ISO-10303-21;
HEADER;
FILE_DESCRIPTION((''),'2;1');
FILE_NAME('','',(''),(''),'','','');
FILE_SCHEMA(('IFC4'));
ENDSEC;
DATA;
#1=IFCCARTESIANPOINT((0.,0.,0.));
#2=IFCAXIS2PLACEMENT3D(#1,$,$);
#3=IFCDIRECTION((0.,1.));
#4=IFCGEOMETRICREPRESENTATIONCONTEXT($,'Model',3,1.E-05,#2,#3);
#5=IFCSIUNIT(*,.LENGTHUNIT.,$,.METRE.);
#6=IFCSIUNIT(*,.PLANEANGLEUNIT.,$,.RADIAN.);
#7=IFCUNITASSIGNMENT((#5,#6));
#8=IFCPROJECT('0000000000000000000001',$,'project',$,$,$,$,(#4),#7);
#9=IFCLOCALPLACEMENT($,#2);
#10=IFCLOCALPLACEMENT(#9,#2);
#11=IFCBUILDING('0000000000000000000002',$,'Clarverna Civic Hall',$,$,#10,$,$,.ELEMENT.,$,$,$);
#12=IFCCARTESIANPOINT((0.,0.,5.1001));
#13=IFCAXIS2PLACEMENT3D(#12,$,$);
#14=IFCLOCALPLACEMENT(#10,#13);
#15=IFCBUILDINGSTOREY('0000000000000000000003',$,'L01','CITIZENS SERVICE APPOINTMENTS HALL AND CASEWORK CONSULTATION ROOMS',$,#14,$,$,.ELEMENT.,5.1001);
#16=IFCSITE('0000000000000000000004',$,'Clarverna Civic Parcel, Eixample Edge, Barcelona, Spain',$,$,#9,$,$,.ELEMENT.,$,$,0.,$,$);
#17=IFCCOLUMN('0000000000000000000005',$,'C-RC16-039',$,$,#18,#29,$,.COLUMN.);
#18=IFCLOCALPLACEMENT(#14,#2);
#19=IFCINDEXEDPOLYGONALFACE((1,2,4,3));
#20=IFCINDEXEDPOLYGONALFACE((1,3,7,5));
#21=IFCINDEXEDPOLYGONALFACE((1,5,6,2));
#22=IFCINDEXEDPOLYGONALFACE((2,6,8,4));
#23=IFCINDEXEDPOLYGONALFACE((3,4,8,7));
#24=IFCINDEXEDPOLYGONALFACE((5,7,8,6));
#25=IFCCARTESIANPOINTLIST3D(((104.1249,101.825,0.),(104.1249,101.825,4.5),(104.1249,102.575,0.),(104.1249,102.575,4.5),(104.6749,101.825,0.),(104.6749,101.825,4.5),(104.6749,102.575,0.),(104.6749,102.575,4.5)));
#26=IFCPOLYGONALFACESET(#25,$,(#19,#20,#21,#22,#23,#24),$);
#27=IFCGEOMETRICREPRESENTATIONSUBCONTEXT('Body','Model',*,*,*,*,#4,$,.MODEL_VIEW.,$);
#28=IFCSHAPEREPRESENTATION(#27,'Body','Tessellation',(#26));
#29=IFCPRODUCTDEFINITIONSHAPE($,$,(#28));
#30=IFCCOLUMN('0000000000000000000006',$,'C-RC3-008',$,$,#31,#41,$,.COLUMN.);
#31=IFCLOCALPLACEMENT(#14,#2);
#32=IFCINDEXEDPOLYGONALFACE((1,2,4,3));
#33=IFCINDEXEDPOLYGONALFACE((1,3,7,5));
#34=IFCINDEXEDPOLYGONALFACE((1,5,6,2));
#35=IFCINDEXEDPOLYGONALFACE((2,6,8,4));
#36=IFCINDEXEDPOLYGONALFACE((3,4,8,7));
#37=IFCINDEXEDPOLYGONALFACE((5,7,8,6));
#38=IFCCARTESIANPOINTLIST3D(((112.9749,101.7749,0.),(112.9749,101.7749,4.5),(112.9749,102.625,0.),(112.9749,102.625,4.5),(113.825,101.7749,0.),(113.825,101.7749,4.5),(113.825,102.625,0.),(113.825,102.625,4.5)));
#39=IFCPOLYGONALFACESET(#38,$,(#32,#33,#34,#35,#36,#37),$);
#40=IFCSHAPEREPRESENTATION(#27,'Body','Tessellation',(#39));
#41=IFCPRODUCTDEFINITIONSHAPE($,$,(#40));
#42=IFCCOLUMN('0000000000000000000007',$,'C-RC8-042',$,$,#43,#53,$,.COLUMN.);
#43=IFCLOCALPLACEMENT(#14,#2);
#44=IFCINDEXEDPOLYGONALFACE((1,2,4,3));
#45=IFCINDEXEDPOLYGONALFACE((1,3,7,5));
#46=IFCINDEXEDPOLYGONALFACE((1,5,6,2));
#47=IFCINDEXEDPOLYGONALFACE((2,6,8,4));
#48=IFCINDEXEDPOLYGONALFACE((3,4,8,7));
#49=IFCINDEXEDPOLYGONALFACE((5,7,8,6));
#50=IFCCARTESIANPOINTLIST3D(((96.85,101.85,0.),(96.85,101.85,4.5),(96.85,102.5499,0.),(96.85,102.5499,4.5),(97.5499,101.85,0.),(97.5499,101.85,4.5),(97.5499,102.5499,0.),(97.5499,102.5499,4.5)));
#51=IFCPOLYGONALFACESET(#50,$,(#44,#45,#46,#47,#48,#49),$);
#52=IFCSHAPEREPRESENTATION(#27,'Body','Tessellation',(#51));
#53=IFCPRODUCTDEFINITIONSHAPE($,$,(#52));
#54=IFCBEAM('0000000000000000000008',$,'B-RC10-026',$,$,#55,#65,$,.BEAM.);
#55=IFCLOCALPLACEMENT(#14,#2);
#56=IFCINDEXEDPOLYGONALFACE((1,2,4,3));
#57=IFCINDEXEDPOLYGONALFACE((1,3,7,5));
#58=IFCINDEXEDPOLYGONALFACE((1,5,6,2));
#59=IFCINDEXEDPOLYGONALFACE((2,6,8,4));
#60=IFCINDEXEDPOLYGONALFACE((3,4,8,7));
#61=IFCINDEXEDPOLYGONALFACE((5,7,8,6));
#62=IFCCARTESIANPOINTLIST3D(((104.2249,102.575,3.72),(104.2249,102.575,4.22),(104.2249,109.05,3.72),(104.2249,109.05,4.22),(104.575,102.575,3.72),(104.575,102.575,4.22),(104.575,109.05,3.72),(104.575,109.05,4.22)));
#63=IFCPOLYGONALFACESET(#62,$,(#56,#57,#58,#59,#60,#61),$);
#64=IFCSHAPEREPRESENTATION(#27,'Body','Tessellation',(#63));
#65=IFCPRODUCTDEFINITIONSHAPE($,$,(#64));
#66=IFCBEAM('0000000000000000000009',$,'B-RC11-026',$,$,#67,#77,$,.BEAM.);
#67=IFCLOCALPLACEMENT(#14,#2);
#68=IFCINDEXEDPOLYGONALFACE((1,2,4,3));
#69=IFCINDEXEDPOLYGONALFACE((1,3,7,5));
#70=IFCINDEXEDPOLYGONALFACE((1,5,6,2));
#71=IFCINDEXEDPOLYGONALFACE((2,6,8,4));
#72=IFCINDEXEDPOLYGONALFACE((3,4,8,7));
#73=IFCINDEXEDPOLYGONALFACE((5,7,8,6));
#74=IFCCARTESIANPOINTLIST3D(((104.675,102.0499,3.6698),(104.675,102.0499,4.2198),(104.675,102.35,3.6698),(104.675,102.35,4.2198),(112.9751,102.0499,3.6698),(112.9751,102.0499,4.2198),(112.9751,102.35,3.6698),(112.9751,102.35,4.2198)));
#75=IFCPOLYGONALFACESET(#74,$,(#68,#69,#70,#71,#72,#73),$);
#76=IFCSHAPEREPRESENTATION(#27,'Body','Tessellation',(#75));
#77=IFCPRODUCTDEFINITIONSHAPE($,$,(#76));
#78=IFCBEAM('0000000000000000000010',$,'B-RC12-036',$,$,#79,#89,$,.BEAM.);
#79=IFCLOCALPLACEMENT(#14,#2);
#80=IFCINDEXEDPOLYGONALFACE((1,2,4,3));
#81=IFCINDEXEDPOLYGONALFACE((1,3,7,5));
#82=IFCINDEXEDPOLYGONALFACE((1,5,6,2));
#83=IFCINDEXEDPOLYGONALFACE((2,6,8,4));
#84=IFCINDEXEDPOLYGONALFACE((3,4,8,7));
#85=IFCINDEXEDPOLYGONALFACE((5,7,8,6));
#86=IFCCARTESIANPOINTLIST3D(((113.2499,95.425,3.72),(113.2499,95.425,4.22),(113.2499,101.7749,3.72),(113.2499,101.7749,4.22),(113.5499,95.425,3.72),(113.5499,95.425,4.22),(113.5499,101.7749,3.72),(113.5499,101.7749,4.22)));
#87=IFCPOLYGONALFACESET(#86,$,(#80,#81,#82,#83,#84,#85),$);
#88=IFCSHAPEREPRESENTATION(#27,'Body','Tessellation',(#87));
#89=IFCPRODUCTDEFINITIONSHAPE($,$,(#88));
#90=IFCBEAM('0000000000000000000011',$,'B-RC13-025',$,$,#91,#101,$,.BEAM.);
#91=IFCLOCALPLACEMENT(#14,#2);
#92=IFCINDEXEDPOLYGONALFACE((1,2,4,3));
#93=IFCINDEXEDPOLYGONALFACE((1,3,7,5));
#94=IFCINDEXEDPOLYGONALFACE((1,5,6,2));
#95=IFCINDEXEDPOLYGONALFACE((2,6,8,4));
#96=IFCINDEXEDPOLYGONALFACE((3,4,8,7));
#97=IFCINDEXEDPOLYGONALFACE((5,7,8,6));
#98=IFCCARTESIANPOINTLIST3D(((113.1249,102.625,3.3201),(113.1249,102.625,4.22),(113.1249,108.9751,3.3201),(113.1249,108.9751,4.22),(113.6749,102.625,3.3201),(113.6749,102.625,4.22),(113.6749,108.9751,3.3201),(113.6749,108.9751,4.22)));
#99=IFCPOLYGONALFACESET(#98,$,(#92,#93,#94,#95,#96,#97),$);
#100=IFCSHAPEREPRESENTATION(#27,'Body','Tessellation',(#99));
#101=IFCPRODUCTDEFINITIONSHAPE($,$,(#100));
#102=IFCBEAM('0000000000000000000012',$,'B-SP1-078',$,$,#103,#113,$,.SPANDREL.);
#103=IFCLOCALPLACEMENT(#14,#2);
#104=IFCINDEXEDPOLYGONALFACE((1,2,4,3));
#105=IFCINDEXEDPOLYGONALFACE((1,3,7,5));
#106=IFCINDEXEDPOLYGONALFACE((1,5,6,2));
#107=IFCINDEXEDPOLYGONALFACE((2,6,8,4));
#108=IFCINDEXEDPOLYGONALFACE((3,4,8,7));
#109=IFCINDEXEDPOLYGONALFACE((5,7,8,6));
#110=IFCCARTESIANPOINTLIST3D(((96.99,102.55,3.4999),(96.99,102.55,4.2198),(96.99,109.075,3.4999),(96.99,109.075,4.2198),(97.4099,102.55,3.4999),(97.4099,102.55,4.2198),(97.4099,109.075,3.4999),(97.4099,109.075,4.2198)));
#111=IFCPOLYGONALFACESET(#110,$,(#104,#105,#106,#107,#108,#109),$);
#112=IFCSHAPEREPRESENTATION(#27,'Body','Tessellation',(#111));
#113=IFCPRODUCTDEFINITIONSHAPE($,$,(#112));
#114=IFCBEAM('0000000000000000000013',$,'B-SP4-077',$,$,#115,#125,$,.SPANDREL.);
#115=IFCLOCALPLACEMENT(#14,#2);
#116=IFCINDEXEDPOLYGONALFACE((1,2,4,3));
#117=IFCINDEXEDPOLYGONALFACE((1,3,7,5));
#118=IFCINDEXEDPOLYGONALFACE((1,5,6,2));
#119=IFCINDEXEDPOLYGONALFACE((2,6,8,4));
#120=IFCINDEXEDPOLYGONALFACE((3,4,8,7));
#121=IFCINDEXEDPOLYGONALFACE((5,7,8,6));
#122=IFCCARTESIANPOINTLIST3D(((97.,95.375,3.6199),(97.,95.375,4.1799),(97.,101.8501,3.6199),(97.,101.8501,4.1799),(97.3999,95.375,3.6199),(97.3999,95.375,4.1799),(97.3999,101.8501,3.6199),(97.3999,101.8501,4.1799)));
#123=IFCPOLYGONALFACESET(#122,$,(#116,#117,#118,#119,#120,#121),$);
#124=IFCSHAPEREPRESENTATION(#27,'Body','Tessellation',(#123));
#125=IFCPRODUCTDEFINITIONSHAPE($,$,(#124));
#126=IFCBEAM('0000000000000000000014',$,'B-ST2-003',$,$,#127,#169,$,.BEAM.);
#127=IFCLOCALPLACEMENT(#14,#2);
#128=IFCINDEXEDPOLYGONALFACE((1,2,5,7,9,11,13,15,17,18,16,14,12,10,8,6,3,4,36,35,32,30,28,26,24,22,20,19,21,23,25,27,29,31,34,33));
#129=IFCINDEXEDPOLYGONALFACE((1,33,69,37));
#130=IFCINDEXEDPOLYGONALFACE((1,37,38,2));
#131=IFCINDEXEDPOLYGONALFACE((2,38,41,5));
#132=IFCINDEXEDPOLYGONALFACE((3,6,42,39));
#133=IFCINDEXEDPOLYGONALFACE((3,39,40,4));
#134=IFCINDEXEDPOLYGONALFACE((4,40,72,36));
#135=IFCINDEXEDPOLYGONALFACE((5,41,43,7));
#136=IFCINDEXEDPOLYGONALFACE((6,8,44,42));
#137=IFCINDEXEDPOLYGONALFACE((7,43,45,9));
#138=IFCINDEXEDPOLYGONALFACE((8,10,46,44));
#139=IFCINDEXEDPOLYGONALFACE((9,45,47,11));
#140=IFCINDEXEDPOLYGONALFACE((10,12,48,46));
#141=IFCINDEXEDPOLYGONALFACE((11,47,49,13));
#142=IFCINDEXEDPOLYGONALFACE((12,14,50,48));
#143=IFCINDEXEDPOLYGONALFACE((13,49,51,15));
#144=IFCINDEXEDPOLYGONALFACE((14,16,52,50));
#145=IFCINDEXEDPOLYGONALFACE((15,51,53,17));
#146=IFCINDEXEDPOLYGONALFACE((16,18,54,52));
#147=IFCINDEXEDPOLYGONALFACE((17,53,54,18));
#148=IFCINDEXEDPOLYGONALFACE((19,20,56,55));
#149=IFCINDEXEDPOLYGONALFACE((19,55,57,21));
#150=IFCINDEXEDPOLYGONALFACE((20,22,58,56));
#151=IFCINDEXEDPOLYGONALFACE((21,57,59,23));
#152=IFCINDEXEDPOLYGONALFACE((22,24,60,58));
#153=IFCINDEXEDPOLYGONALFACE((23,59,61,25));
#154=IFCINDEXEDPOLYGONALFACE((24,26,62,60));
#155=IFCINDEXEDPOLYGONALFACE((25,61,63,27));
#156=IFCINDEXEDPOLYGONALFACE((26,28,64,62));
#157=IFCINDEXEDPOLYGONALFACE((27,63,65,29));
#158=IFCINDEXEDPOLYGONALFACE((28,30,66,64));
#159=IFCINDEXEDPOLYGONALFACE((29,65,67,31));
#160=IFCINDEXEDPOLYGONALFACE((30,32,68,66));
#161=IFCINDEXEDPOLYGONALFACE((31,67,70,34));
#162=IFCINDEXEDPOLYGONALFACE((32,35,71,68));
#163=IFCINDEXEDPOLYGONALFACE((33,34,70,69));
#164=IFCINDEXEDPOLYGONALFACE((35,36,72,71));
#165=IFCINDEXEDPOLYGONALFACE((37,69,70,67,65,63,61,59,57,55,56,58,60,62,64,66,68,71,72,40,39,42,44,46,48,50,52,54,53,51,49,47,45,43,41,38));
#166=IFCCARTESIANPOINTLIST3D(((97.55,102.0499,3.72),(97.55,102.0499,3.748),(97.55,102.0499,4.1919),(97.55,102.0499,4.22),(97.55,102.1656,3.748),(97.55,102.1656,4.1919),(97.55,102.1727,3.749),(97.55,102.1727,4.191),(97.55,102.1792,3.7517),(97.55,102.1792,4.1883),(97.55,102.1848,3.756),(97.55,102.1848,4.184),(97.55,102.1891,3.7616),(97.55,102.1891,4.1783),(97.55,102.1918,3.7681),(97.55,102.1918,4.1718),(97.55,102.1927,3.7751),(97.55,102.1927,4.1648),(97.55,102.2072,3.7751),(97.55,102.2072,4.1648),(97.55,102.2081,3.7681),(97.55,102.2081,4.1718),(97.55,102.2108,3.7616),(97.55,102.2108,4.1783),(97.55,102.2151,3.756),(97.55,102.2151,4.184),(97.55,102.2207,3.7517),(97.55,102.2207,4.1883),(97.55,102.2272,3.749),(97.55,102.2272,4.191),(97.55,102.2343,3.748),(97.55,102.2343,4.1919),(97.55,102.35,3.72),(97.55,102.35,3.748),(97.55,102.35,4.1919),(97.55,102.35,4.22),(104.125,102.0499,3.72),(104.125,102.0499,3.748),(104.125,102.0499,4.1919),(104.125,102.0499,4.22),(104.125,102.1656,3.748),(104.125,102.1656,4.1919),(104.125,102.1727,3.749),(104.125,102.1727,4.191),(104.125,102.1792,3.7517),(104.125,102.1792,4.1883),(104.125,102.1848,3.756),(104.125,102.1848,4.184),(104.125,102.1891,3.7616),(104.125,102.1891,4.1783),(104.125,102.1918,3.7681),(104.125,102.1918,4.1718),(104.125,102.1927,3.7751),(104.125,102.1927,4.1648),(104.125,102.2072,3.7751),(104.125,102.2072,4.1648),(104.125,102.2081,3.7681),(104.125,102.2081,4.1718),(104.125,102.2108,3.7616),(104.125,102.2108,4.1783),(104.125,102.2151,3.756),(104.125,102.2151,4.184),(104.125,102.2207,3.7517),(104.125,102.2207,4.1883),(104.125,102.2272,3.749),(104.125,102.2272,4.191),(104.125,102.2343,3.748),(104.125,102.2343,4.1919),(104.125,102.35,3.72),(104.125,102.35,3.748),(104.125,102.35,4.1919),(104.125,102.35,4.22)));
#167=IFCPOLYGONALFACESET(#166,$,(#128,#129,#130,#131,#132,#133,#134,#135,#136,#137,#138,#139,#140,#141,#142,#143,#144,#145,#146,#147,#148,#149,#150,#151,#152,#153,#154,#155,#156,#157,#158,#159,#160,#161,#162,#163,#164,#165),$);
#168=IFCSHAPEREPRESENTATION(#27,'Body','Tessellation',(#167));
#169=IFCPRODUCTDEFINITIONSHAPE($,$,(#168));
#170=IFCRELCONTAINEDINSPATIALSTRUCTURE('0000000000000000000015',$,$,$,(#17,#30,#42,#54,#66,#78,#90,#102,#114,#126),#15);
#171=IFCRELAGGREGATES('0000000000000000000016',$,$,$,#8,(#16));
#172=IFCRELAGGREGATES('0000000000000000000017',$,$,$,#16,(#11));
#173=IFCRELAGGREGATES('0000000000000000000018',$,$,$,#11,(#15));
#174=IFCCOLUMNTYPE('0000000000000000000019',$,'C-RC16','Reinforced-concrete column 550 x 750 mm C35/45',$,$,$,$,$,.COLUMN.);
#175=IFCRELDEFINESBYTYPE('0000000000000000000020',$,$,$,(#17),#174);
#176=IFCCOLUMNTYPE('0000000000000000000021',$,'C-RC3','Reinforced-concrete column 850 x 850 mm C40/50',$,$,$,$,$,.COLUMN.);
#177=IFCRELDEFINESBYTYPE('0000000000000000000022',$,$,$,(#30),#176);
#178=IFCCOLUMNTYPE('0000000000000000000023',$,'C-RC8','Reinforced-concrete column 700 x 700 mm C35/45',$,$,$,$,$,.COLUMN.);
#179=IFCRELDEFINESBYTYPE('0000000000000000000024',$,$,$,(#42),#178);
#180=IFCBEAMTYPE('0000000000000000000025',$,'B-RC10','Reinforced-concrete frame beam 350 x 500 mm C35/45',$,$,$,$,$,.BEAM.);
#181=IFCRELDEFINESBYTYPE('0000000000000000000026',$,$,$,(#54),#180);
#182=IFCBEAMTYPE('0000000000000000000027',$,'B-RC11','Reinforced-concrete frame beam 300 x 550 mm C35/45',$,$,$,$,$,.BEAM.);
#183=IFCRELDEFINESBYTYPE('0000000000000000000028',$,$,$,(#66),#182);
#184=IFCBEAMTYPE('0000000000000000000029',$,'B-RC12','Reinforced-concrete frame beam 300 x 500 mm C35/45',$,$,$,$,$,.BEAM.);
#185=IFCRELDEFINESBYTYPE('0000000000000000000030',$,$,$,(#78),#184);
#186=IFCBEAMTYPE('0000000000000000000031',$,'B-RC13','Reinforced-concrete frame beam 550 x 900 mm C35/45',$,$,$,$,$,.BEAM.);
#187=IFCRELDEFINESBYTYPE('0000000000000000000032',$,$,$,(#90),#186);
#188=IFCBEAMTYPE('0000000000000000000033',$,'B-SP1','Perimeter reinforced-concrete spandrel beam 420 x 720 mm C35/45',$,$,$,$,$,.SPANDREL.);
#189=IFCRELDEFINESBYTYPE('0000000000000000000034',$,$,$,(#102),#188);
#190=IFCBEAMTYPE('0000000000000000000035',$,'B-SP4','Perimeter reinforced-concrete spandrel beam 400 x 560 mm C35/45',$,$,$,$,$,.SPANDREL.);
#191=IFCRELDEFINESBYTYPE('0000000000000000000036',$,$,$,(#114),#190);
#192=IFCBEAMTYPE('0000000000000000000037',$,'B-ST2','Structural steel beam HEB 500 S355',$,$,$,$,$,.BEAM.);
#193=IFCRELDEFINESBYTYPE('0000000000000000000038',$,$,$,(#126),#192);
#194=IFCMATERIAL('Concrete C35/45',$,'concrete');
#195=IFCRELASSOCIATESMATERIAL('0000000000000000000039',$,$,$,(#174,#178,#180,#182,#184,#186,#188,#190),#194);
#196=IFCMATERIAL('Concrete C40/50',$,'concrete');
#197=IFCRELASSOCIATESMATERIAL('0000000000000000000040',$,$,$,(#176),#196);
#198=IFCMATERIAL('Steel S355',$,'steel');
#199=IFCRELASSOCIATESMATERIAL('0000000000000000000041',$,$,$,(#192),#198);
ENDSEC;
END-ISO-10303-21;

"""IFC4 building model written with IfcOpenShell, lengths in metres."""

from ifc_helpers import new_model, si_unit, direction, frame, origin, origin_2d, place, context, subcontext, project, spatial, rectangle, i_section, extrude, material, material_profile, profile_set, type_object, element, save


model = new_model("IFC4")

# Units and contexts
model_context = context("Model", 3, precision=1e-05, world=origin(), true_north=direction((0.0, 1.0)))
body_context = subcontext(model_context, "Body", "Model", "MODEL_VIEW")
ifc_project = project(units=[si_unit("LENGTHUNIT", "METRE"), si_unit("PLANEANGLEUNIT", "RADIAN")], contexts=[model_context])

# Site, building, storey
site_placement = place(None, origin())
site = spatial("IfcSite", under=ifc_project, at=site_placement, Name="Clarverna Civic Parcel, Eixample Edge, Barcelona, Spain", CompositionType="ELEMENT", RefElevation=0.0)
building_placement = place(site_placement, origin())
building = spatial("IfcBuilding", under=site, at=building_placement, Name="Clarverna Civic Hall", CompositionType="ELEMENT")
storey_placement = place(building_placement, frame((0.0, 0.0, 5.1001)))
storey = spatial("IfcBuildingStorey", under=building, at=storey_placement, Name="L01", Description="CITIZENS SERVICE APPOINTMENTS HALL AND CASEWORK CONSULTATION ROOMS", CompositionType="ELEMENT", Elevation=5.1001)

# Columns
ifc_material_1 = material(Name="Concrete C35/45", Category="concrete")
ifc_material_profile_1 = material_profile(ifc_material_1, rectangle(XDim=0.55, YDim=0.75, at=origin_2d()), Name="RC 550x750")
ifc_profile_set_1 = profile_set([ifc_material_profile_1], Name="Concrete C35/45")
column_type_1 = type_object("IfcColumnType", Name="C-RC16", Description="Reinforced-concrete column 550 x 750 mm C35/45", PredefinedType="COLUMN", material=ifc_profile_set_1)
column_1_placement = place(storey_placement, frame((104.3999, 102.2, 0.0), z_axis=(0.0, 0.0, 1.0), x_axis=(1.0, 0.0, 0.0)))
element("IfcColumn", 1, at=column_1_placement, inside=storey, type_object=column_type_1, Name="C-RC16-039", PredefinedType="COLUMN", context=body_context, shape_type="SweptSolid", body=[
    extrude(rectangle(XDim=0.55, YDim=0.75, at=origin_2d()), origin(), (0.0, 0.0, 1.0), 4.5),
])
ifc_material_2 = material(Name="Concrete C40/50", Category="concrete")
ifc_material_profile_2 = material_profile(ifc_material_2, rectangle(XDim=0.8501, YDim=0.8501, at=origin_2d()), Name="RC 850x850")
ifc_profile_set_2 = profile_set([ifc_material_profile_2], Name="Concrete C40/50")
column_type_2 = type_object("IfcColumnType", Name="C-RC3", Description="Reinforced-concrete column 850 x 850 mm C40/50", PredefinedType="COLUMN", material=ifc_profile_set_2)
column_2_placement = place(storey_placement, frame((113.3999, 102.2, 0.0), z_axis=(0.0, 0.0, 1.0), x_axis=(1.0, 0.0, 0.0)))
element("IfcColumn", 2, at=column_2_placement, inside=storey, type_object=column_type_2, Name="C-RC3-008", PredefinedType="COLUMN", context=body_context, shape_type="SweptSolid", body=[
    extrude(rectangle(XDim=0.8501, YDim=0.8501, at=origin_2d()), origin(), (0.0, 0.0, 1.0), 4.5),
])
ifc_material_profile_3 = material_profile(ifc_material_1, rectangle(XDim=0.7, YDim=0.7, at=origin_2d()), Name="RC 700x700")
ifc_profile_set_3 = profile_set([ifc_material_profile_3], Name="Concrete C35/45")
column_type_3 = type_object("IfcColumnType", Name="C-RC8", Description="Reinforced-concrete column 700 x 700 mm C35/45", PredefinedType="COLUMN", material=ifc_profile_set_3)
column_3_placement = place(storey_placement, frame((97.2, 102.2, 0.0), z_axis=(0.0, 0.0, 1.0), x_axis=(1.0, 0.0, 0.0)))
element("IfcColumn", 3, at=column_3_placement, inside=storey, type_object=column_type_3, Name="C-RC8-042", PredefinedType="COLUMN", context=body_context, shape_type="SweptSolid", body=[
    extrude(rectangle(XDim=0.7, YDim=0.7, at=origin_2d()), origin(), (0.0, 0.0, 1.0), 4.5),
])

# Beams
ifc_material_profile_4 = material_profile(ifc_material_1, rectangle(XDim=0.3501, YDim=0.5, at=origin_2d()), Name="RC 350x500")
ifc_profile_set_4 = profile_set([ifc_material_profile_4], Name="Concrete C35/45")
beam_type_1 = type_object("IfcBeamType", Name="B-RC10", Description="Reinforced-concrete frame beam 350 x 500 mm C35/45", PredefinedType="BEAM", material=ifc_profile_set_4)
beam_1_placement = place(storey_placement, frame((104.3999, 102.575, 3.97), z_axis=(0.0, 1.0, 0.0), x_axis=(-1.0, 0.0, 0.0)))
element("IfcBeam", 4, at=beam_1_placement, inside=storey, type_object=beam_type_1, Name="B-RC10-026", PredefinedType="BEAM", context=body_context, shape_type="SweptSolid", body=[
    extrude(rectangle(XDim=0.3501, YDim=0.5, at=origin_2d()), origin(), (0.0, 0.0, 1.0), 6.4751),
])
ifc_material_profile_5 = material_profile(ifc_material_1, rectangle(XDim=0.3, YDim=0.55, at=origin_2d()), Name="RC 300x550")
ifc_profile_set_5 = profile_set([ifc_material_profile_5], Name="Concrete C35/45")
beam_type_2 = type_object("IfcBeamType", Name="B-RC11", Description="Reinforced-concrete frame beam 300 x 550 mm C35/45", PredefinedType="BEAM", material=ifc_profile_set_5)
beam_2_placement = place(storey_placement, frame((104.675, 102.2, 3.9448), z_axis=(1.0, 0.0, 0.0), x_axis=(0.0, 1.0, 0.0)))
element("IfcBeam", 5, at=beam_2_placement, inside=storey, type_object=beam_type_2, Name="B-RC11-026", PredefinedType="BEAM", context=body_context, shape_type="SweptSolid", body=[
    extrude(rectangle(XDim=0.3, YDim=0.55, at=origin_2d()), origin(), (0.0, 0.0, 1.0), 8.3),
])
ifc_material_profile_6 = material_profile(ifc_material_1, rectangle(XDim=0.3, YDim=0.5, at=origin_2d()), Name="RC 300x500")
ifc_profile_set_6 = profile_set([ifc_material_profile_6], Name="Concrete C35/45")
beam_type_3 = type_object("IfcBeamType", Name="B-RC12", Description="Reinforced-concrete frame beam 300 x 500 mm C35/45", PredefinedType="BEAM", material=ifc_profile_set_6)
beam_3_placement = place(storey_placement, frame((113.3999, 95.425, 3.97), z_axis=(0.0, 1.0, 0.0), x_axis=(-1.0, 0.0, 0.0)))
element("IfcBeam", 6, at=beam_3_placement, inside=storey, type_object=beam_type_3, Name="B-RC12-036", PredefinedType="BEAM", context=body_context, shape_type="SweptSolid", body=[
    extrude(rectangle(XDim=0.3, YDim=0.5, at=origin_2d()), origin(), (0.0, 0.0, 1.0), 6.3499),
])
ifc_material_profile_7 = material_profile(ifc_material_1, rectangle(XDim=0.55, YDim=0.8999, at=origin_2d()), Name="RC 550x900")
ifc_profile_set_7 = profile_set([ifc_material_profile_7], Name="Concrete C35/45")
beam_type_4 = type_object("IfcBeamType", Name="B-RC13", Description="Reinforced-concrete frame beam 550 x 900 mm C35/45", PredefinedType="BEAM", material=ifc_profile_set_7)
beam_4_placement = place(storey_placement, frame((113.3999, 102.625, 3.77), z_axis=(0.0, 1.0, 0.0), x_axis=(-1.0, 0.0, 0.0)))
element("IfcBeam", 7, at=beam_4_placement, inside=storey, type_object=beam_type_4, Name="B-RC13-025", PredefinedType="BEAM", context=body_context, shape_type="SweptSolid", body=[
    extrude(rectangle(XDim=0.55, YDim=0.8999, at=origin_2d()), origin(), (0.0, 0.0, 1.0), 6.3501),
])
ifc_material_profile_8 = material_profile(ifc_material_1, rectangle(XDim=0.4199, YDim=0.72, at=origin_2d()), Name="RC 420x720")
ifc_profile_set_8 = profile_set([ifc_material_profile_8], Name="Concrete C35/45")
beam_type_5 = type_object("IfcBeamType", Name="B-SP1", Description="Perimeter reinforced-concrete spandrel beam 420 x 720 mm C35/45", PredefinedType="SPANDREL", material=ifc_profile_set_8)
beam_5_placement = place(storey_placement, frame((97.2, 102.55, 3.8599), z_axis=(0.0, 1.0, 0.0), x_axis=(-1.0, 0.0, 0.0)))
element("IfcBeam", 8, at=beam_5_placement, inside=storey, type_object=beam_type_5, Name="B-SP1-078", PredefinedType="SPANDREL", context=body_context, shape_type="SweptSolid", body=[
    extrude(rectangle(XDim=0.4199, YDim=0.72, at=origin_2d()), origin(), (0.0, 0.0, 1.0), 6.5249),
])
ifc_material_profile_9 = material_profile(ifc_material_1, rectangle(XDim=0.3999, YDim=0.5601, at=origin_2d()), Name="RC 400x560")
ifc_profile_set_9 = profile_set([ifc_material_profile_9], Name="Concrete C35/45")
beam_type_6 = type_object("IfcBeamType", Name="B-SP4", Description="Perimeter reinforced-concrete spandrel beam 400 x 560 mm C35/45", PredefinedType="SPANDREL", material=ifc_profile_set_9)
beam_6_placement = place(storey_placement, frame((97.2, 95.375, 3.8999), z_axis=(0.0, 1.0, 0.0), x_axis=(-1.0, 0.0, 0.0)))
element("IfcBeam", 9, at=beam_6_placement, inside=storey, type_object=beam_type_6, Name="B-SP4-077", PredefinedType="SPANDREL", context=body_context, shape_type="SweptSolid", body=[
    extrude(rectangle(XDim=0.3999, YDim=0.5601, at=origin_2d()), origin(), (0.0, 0.0, 1.0), 6.4751),
])
ifc_material_3 = material(Name="Steel S355", Category="steel")
ifc_material_profile_10 = material_profile(ifc_material_3, i_section(OverallWidth=0.3, OverallDepth=0.5, WebThickness=0.0144, FlangeThickness=0.0281, FilletRadius=0.0271, at=origin_2d()), Name="HEB 500")
ifc_profile_set_10 = profile_set([ifc_material_profile_10], Name="Steel S355")
beam_type_7 = type_object("IfcBeamType", Name="B-ST2", Description="Structural steel beam HEB 500 S355", PredefinedType="BEAM", material=ifc_profile_set_10)
beam_7_placement = place(storey_placement, frame((97.55, 102.2, 3.97), z_axis=(1.0, 0.0, 0.0), x_axis=(0.0, 1.0, 0.0)))
element("IfcBeam", 10, at=beam_7_placement, inside=storey, type_object=beam_type_7, Name="B-ST2-003", PredefinedType="BEAM", context=body_context, shape_type="SweptSolid", body=[
    extrude(i_section(OverallWidth=0.3, OverallDepth=0.5, WebThickness=0.0144, FlangeThickness=0.0281, FilletRadius=0.0271, at=origin_2d()), origin(), (0.0, 0.0, 1.0), 6.575),
])

save(model, "model.ifc")
